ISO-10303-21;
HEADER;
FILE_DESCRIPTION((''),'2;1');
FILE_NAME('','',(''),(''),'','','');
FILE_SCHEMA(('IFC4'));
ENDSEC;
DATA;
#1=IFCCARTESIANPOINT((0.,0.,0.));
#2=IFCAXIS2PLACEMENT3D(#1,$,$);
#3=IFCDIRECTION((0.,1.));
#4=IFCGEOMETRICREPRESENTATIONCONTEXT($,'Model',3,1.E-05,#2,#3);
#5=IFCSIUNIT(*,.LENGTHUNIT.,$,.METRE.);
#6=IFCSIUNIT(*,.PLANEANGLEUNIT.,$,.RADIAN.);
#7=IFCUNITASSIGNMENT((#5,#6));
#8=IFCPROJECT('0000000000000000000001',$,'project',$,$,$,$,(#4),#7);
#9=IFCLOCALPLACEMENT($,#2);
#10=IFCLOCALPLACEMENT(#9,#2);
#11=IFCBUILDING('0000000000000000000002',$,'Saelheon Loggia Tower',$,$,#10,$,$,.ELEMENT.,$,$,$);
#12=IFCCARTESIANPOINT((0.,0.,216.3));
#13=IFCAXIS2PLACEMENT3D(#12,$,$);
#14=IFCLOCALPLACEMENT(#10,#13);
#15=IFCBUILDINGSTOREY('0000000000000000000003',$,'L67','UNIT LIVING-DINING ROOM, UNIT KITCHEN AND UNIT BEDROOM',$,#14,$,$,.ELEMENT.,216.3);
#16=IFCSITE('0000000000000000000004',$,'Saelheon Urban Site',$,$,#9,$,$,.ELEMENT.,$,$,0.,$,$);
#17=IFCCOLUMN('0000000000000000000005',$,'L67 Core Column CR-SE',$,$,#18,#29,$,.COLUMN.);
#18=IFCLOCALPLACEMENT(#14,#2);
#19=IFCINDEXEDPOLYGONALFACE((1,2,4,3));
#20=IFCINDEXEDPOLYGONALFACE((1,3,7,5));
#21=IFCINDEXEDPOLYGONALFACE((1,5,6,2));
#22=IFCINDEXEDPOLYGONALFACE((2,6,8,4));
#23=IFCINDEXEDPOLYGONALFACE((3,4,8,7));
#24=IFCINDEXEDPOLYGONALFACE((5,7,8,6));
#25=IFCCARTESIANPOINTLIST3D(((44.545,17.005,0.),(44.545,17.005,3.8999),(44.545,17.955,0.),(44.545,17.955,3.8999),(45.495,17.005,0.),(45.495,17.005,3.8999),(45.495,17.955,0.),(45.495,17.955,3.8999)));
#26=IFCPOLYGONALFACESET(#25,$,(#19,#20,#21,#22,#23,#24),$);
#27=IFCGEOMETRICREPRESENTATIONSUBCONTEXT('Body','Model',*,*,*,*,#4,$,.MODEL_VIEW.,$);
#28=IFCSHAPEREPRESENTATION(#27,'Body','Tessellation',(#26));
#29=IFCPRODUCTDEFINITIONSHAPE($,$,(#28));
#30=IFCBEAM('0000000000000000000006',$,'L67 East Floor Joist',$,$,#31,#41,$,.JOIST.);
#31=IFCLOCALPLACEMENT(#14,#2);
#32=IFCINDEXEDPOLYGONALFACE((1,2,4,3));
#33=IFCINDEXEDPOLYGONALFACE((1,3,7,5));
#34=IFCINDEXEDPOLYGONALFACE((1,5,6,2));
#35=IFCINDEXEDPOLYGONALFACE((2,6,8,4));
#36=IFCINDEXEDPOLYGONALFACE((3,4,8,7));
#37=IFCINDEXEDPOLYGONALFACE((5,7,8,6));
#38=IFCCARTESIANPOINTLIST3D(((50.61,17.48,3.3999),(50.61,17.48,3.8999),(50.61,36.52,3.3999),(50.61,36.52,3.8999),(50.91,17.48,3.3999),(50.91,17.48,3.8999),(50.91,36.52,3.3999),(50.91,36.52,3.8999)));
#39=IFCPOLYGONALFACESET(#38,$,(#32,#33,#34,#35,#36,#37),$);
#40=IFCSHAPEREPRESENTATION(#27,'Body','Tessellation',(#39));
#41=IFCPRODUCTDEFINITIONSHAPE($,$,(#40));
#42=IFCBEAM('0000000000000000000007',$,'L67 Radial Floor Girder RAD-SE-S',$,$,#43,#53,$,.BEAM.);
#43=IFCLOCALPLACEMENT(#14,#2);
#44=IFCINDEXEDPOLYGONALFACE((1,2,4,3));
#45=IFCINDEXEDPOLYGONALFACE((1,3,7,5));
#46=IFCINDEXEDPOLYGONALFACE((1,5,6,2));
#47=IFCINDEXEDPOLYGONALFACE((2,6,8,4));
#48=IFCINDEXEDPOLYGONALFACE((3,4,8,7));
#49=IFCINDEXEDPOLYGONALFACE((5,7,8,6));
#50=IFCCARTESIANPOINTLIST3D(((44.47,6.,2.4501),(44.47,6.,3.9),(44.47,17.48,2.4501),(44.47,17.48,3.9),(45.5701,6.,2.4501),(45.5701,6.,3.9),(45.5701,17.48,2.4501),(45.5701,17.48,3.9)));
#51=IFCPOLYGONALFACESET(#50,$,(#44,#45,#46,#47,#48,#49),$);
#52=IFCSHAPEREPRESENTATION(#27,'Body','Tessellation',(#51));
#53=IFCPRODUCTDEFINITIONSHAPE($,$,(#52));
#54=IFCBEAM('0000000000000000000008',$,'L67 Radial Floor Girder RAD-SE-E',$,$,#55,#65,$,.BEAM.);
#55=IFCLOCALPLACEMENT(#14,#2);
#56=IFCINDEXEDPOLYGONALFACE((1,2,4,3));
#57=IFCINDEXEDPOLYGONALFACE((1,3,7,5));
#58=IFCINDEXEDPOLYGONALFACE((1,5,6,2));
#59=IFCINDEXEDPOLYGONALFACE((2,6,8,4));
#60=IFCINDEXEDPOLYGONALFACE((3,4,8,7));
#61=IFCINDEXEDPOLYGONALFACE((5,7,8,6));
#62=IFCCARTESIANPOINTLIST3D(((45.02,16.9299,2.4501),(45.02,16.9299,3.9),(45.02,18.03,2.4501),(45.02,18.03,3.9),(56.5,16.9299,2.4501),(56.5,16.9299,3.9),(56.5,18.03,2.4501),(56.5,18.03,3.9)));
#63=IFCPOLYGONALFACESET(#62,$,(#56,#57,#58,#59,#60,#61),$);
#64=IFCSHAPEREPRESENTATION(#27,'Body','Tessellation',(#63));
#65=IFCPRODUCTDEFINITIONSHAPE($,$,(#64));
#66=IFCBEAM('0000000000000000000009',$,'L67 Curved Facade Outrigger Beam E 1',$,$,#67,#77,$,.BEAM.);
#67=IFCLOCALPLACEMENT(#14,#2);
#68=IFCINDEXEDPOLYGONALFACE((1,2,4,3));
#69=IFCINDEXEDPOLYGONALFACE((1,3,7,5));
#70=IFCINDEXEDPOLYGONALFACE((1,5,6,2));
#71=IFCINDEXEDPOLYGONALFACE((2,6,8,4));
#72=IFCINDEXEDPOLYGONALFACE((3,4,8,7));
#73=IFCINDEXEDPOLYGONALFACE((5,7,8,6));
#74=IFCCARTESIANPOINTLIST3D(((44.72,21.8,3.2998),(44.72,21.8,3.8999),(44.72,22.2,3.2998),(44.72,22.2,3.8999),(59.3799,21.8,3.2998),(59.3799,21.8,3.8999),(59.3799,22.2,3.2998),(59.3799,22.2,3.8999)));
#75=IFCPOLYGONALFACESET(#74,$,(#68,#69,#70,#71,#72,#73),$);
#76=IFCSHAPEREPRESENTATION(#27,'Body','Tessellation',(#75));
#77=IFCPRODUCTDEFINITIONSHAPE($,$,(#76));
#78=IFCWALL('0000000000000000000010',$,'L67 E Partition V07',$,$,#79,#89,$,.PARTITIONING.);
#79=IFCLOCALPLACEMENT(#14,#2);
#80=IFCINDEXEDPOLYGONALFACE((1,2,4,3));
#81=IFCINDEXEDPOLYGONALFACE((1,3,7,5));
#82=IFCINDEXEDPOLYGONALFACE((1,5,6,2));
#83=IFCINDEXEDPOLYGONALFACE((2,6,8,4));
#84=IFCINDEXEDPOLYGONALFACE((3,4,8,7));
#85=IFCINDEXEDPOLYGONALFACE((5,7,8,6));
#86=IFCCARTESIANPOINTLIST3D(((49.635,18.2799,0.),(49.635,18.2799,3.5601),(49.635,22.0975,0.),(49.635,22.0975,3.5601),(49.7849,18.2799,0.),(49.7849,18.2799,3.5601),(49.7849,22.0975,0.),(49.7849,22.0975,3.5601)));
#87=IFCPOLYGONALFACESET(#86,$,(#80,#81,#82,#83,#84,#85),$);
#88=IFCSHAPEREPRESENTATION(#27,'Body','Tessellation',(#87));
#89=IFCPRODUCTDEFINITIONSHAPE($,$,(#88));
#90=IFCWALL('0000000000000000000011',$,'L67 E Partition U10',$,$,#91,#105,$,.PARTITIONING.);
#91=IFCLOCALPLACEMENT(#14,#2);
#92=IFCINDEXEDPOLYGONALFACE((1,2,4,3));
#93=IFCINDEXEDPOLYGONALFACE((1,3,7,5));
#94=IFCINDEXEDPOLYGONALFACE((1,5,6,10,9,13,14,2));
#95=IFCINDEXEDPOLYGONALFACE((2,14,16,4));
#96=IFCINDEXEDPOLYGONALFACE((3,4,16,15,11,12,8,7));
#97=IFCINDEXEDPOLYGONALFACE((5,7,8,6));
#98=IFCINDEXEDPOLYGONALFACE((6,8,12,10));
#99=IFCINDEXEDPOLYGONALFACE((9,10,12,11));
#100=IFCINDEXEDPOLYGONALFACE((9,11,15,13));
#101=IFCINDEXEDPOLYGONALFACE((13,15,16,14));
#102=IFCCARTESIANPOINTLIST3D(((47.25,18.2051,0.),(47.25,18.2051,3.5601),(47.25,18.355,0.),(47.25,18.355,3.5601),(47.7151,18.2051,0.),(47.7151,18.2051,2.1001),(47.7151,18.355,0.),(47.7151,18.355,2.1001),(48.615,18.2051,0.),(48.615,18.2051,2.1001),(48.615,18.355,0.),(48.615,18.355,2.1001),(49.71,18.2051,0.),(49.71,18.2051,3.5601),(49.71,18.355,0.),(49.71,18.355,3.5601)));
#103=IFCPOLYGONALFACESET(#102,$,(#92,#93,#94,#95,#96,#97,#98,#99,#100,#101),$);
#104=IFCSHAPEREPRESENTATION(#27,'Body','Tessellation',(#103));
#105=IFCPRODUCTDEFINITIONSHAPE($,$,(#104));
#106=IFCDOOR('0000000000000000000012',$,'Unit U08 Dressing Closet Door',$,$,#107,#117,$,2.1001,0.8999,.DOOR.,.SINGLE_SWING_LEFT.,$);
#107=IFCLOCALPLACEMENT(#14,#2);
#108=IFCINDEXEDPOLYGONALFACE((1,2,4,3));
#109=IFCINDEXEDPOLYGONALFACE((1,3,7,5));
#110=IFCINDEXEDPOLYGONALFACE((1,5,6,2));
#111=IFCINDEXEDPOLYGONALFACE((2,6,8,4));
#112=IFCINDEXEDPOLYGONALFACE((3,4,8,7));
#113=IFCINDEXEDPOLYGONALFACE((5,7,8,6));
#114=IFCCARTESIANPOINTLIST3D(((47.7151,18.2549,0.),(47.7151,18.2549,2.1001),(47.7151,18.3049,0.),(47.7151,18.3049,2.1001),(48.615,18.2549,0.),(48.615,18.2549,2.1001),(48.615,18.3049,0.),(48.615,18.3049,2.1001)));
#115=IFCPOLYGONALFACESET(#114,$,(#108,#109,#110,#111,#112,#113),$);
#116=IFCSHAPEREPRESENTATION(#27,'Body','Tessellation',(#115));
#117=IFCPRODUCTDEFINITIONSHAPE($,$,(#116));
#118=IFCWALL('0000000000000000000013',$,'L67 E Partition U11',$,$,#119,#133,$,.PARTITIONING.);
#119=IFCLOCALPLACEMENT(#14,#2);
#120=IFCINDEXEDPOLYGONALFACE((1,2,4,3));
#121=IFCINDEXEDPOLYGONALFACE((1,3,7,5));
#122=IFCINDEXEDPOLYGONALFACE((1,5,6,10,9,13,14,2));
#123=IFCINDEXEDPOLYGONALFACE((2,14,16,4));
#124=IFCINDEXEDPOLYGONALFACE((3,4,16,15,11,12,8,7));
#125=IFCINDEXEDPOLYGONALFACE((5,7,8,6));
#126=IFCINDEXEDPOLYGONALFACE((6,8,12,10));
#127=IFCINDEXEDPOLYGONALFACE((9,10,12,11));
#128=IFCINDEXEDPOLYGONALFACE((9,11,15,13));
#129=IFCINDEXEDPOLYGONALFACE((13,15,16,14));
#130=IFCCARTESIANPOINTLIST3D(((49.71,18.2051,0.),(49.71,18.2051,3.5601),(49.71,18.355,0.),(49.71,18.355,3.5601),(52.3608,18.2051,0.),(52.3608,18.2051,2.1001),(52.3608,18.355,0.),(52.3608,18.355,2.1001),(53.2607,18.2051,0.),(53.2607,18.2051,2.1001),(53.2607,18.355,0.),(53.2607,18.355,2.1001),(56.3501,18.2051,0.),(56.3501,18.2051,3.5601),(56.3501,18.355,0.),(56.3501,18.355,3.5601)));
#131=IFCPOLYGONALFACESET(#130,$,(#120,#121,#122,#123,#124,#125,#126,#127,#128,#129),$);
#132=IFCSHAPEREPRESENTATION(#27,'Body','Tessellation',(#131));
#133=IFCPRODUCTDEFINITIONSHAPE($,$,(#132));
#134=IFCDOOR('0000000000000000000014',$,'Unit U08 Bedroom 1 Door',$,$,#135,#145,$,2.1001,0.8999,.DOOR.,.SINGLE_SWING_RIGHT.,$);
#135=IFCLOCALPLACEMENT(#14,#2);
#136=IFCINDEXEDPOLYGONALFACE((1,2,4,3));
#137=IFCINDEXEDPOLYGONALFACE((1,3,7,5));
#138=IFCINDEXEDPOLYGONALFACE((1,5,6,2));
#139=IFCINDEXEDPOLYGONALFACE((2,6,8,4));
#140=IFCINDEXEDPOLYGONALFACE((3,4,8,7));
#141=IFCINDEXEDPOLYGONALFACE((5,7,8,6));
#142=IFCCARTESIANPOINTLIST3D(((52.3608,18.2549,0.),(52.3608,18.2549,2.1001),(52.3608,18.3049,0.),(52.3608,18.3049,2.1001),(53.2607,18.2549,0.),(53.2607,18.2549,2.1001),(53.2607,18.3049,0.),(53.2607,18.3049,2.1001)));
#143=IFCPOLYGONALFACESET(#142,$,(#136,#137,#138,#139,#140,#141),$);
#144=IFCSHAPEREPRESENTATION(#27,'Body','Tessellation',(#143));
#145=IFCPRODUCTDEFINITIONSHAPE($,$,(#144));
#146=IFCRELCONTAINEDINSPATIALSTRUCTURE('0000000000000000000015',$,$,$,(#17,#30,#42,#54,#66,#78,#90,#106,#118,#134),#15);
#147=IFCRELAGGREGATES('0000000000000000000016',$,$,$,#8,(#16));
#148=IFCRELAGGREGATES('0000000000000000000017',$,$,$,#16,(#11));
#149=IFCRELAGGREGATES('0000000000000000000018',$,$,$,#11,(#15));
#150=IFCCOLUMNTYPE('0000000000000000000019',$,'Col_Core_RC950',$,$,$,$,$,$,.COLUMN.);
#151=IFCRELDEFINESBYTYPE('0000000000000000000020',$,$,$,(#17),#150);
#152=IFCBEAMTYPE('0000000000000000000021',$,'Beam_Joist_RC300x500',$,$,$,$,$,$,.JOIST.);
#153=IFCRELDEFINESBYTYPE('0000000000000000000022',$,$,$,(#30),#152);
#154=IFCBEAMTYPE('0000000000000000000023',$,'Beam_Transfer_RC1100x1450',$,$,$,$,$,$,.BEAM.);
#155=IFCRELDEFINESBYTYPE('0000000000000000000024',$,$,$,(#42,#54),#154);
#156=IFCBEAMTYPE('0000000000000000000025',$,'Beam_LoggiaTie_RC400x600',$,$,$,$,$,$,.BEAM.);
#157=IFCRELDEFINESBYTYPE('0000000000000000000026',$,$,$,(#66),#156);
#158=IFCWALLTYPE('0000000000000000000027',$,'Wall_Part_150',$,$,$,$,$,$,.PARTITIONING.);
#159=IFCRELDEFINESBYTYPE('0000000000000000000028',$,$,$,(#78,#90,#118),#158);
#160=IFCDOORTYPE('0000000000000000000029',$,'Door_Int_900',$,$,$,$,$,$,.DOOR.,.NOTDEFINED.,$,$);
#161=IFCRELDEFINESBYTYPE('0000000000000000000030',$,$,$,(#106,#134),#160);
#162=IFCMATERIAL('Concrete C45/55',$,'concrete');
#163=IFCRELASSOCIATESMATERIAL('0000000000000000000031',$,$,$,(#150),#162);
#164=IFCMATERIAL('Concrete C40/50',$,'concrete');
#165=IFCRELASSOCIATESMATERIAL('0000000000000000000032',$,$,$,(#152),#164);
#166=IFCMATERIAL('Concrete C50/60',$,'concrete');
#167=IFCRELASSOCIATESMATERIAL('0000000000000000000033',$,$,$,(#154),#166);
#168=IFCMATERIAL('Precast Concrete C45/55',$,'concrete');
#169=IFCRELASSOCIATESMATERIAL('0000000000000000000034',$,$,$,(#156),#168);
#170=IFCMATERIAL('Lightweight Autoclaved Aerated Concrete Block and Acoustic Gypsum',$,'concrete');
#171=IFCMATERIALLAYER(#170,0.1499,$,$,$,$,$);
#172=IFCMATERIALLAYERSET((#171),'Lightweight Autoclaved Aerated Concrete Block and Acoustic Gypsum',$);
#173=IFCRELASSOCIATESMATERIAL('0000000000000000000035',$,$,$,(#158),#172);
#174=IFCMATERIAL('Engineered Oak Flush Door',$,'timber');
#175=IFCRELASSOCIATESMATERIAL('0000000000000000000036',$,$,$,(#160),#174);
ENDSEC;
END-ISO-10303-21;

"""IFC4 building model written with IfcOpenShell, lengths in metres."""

from ifc_helpers import new_model, si_unit, direction, frame, frame_2d, origin, origin_2d, place, context, subcontext, project, spatial, rectangle, extrude, source, transform, mapped, material, layer, layer_set, material_profile, profile_set, type_object, element, fill, save


model = new_model("IFC4")

# Units and contexts
model_context = context("Model", 3, precision=1e-05, world=origin(), true_north=direction((0.0, 1.0)))
body_context = subcontext(model_context, "Body", "Model", "MODEL_VIEW")
ifc_project = project(units=[si_unit("LENGTHUNIT", "METRE"), si_unit("PLANEANGLEUNIT", "RADIAN")], contexts=[model_context])

# Site, building, storey
site_placement = place(None, origin())
site = spatial("IfcSite", under=ifc_project, at=site_placement, Name="Saelheon Urban Site", CompositionType="ELEMENT", RefElevation=0.0)
building_placement = place(site_placement, origin())
building = spatial("IfcBuilding", under=site, at=building_placement, Name="Saelheon Loggia Tower", CompositionType="ELEMENT")
storey_placement = place(building_placement, frame((0.0, 0.0, 216.3)))
storey = spatial("IfcBuildingStorey", under=building, at=storey_placement, Name="L67", Description="UNIT LIVING-DINING ROOM, UNIT KITCHEN AND UNIT BEDROOM", CompositionType="ELEMENT", Elevation=216.3)

# Column
ifc_material_1 = material(Name="Concrete C45/55", Category="concrete")
ifc_material_profile_1 = material_profile(ifc_material_1, rectangle(XDim=0.95, YDim=0.95, at=origin_2d()), Name="RC-950x950")
ifc_profile_set_1 = profile_set([ifc_material_profile_1], Name="Concrete C45/55")
column_type = type_object("IfcColumnType", Name="Col_Core_RC950", PredefinedType="COLUMN", material=ifc_profile_set_1)
shared_shape_1 = source(origin(), body_context, "Body", "SweptSolid", [
    extrude(rectangle(XDim=0.95, YDim=0.95, at=origin_2d()), origin(), (0.0, 0.0, 1.0), 3.8999),
])
column_placement = place(storey_placement, frame((45.02, 17.48, 0.0), z_axis=(0.0, 0.0, 1.0), x_axis=(1.0, 0.0, 0.0)))
element("IfcColumn", 1, at=column_placement, inside=storey, type_object=column_type, Name="L67 Core Column CR-SE", PredefinedType="COLUMN", context=body_context, shape_type="MappedRepresentation", body=[
    mapped(shared_shape_1, transform((0.0, 0.0, 0.0), scale=1.0)),
])

# Beams
ifc_material_2 = material(Name="Concrete C40/50", Category="concrete")
ifc_material_profile_2 = material_profile(ifc_material_2, rectangle(XDim=0.3, YDim=0.5, at=origin_2d()), Name="RC-300x500")
ifc_profile_set_2 = profile_set([ifc_material_profile_2], Name="Concrete C40/50")
beam_type_1 = type_object("IfcBeamType", Name="Beam_Joist_RC300x500", PredefinedType="JOIST", material=ifc_profile_set_2)
shared_shape_2 = source(origin(), body_context, "Body", "SweptSolid", [
    extrude(rectangle(XDim=0.3, YDim=0.5, at=origin_2d()), origin(), (0.0, 0.0, 1.0), 19.04),
])
beam_1_placement = place(storey_placement, frame((50.76, 17.48, 3.6499), z_axis=(0.0, 1.0, 0.0), x_axis=(-1.0, 0.0, 0.0)))
element("IfcBeam", 2, at=beam_1_placement, inside=storey, type_object=beam_type_1, Name="L67 East Floor Joist", PredefinedType="JOIST", context=body_context, shape_type="MappedRepresentation", body=[
    mapped(shared_shape_2, transform((0.0, 0.0, 0.0), scale=1.0)),
])
ifc_material_3 = material(Name="Concrete C50/60", Category="concrete")
ifc_material_profile_3 = material_profile(ifc_material_3, rectangle(XDim=1.1001, YDim=1.45, at=origin_2d()), Name="RC-1100x1450")
ifc_profile_set_3 = profile_set([ifc_material_profile_3], Name="Concrete C50/60")
beam_type_2 = type_object("IfcBeamType", Name="Beam_Transfer_RC1100x1450", PredefinedType="BEAM", material=ifc_profile_set_3)
shared_shape_3 = source(origin(), body_context, "Body", "SweptSolid", [
    extrude(rectangle(XDim=1.1001, YDim=1.45, at=origin_2d()), origin(), (0.0, 0.0, 1.0), 11.48),
])
for number, where, z_axis, x_axis, name in (
    (3, (45.02, 17.48, 3.175), (0.0, -1.0, 0.0), (1.0, 0.0, 0.0), "L67 Radial Floor Girder RAD-SE-S"),
    (4, (45.02, 17.48, 3.175), (1.0, 0.0, 0.0), (0.0, 1.0, 0.0), "L67 Radial Floor Girder RAD-SE-E"),
):
    element("IfcBeam", number, at=place(storey_placement, frame(where, z_axis=z_axis, x_axis=x_axis)), inside=storey, type_object=beam_type_2, Name=name, PredefinedType="BEAM", context=body_context, shape_type="MappedRepresentation", body=[
        mapped(shared_shape_3, transform((0.0, 0.0, 0.0), scale=1.0)),
    ])
ifc_material_4 = material(Name="Precast Concrete C45/55", Category="concrete")
ifc_material_profile_4 = material_profile(ifc_material_4, rectangle(XDim=0.3999, YDim=0.6001, at=origin_2d()), Name="RC-400x600")
ifc_profile_set_4 = profile_set([ifc_material_profile_4], Name="Precast Concrete C45/55")
beam_type_3 = type_object("IfcBeamType", Name="Beam_LoggiaTie_RC400x600", PredefinedType="BEAM", material=ifc_profile_set_4)
shared_shape_4 = source(origin(), body_context, "Body", "SweptSolid", [
    extrude(rectangle(XDim=0.3999, YDim=0.6001, at=origin_2d()), origin(), (0.0, 0.0, 1.0), 14.6599),
])
beam_2_placement = place(storey_placement, frame((44.72, 22.0, 3.5999), z_axis=(1.0, 0.0, 0.0), x_axis=(0.0, 1.0, 0.0)))
element("IfcBeam", 5, at=beam_2_placement, inside=storey, type_object=beam_type_3, Name="L67 Curved Facade Outrigger Beam E 1", PredefinedType="BEAM", context=body_context, shape_type="MappedRepresentation", body=[
    mapped(shared_shape_4, transform((0.0, 0.0, 0.0), scale=1.0)),
])

# Wall
ifc_material_5 = material(Name="Lightweight Autoclaved Aerated Concrete Block and Acoustic Gypsum", Category="concrete")
ifc_layer_1 = layer(ifc_material_5, 0.1499)
ifc_layer_set_1 = layer_set([ifc_layer_1], Name="Lightweight Autoclaved Aerated Concrete Block and Acoustic Gypsum")
wall_type_1 = type_object("IfcWallType", Name="Wall_Part_150", PredefinedType="PARTITIONING", material=ifc_layer_set_1)
wall_1_placement = place(storey_placement, frame((49.71, 18.28, 0.0), z_axis=(0.0, 0.0, 1.0), x_axis=(0.0, 1.0, 0.0)))
element("IfcWall", 6, at=wall_1_placement, inside=storey, type_object=wall_type_1, Name="L67 E Partition V07", PredefinedType="PARTITIONING", context=body_context, shape_type="SweptSolid", body=[
    extrude(rectangle(XDim=3.8176, YDim=0.1499, at=frame_2d((1.9087, 0.0))), origin(), (0.0, 0.0, 1.0), 3.5601),
])

# Walls, openings, doors
wall_2_placement = place(storey_placement, frame((47.25, 18.28, 0.0), z_axis=(0.0, 0.0, 1.0), x_axis=(1.0, 0.0, 0.0)))
wall_2 = element("IfcWall", 7, at=wall_2_placement, inside=storey, type_object=wall_type_1, Name="L67 E Partition U10", PredefinedType="PARTITIONING", context=body_context, shape_type="SweptSolid", body=[
    extrude(rectangle(XDim=2.46, YDim=0.1499, at=frame_2d((1.23, 0.0))), origin(), (0.0, 0.0, 1.0), 3.5601),
])
opening_1_placement = place(wall_2_placement, frame((0.4651, 0.0, 0.0)))
opening_1 = element("IfcOpeningElement", 8, at=opening_1_placement, cuts=wall_2, PredefinedType="OPENING", context=body_context, shape_type="SweptSolid", body=[
    extrude(rectangle(XDim=0.8999, YDim=2.1001, at=frame_2d((0.45, 1.05))), frame((0.0, 0.0869, 0.0), z_axis=(0.0, -1.0, 0.0), x_axis=(1.0, 0.0, 0.0)), (0.0, 0.0, 1.0), 0.1738),
])
ifc_material_6 = material(Name="Engineered Oak Flush Door", Category="timber")
door_type_1 = type_object("IfcDoorType", Name="Door_Int_900", OperationType="NOTDEFINED", PredefinedType="DOOR", material=ifc_material_6)
shared_shape_5 = source(origin(), body_context, "Body", "SweptSolid", [
    extrude(rectangle(XDim=0.8999, YDim=2.1001, at=frame_2d((0.45, 1.05))), frame((0.0, 0.0249, 0.0), z_axis=(0.0, -1.0, 0.0), x_axis=(1.0, 0.0, 0.0)), (0.0, 0.0, 1.0), 0.05),
])
door_1_placement = place(opening_1_placement, origin())
door_1 = element("IfcDoor", 9, at=door_1_placement, inside=storey, type_object=door_type_1, Name="Unit U08 Dressing Closet Door", OperationType="SINGLE_SWING_LEFT", OverallHeight=2.1001, OverallWidth=0.8999, PredefinedType="DOOR", context=body_context, shape_type="MappedRepresentation", body=[
    mapped(shared_shape_5, transform((0.0, 0.0, 0.0), scale=1.0)),
])
fill(opening_1, door_1)
wall_3_placement = place(storey_placement, frame((49.71, 18.28, 0.0), z_axis=(0.0, 0.0, 1.0), x_axis=(1.0, 0.0, 0.0)))
wall_3 = element("IfcWall", 10, at=wall_3_placement, inside=storey, type_object=wall_type_1, Name="L67 E Partition U11", PredefinedType="PARTITIONING", context=body_context, shape_type="SweptSolid", body=[
    extrude(rectangle(XDim=6.6401, YDim=0.1499, at=frame_2d((3.3201, 0.0))), origin(), (0.0, 0.0, 1.0), 3.5601),
])
opening_2_placement = place(wall_3_placement, frame((2.6509, 0.0, 0.0)))
opening_2 = element("IfcOpeningElement", 11, at=opening_2_placement, cuts=wall_3, PredefinedType="OPENING", context=body_context, shape_type="SweptSolid", body=[
    extrude(rectangle(XDim=0.8999, YDim=2.1001, at=frame_2d((0.45, 1.05))), frame((0.0, 0.0869, 0.0), z_axis=(0.0, -1.0, 0.0), x_axis=(1.0, 0.0, 0.0)), (0.0, 0.0, 1.0), 0.1738),
])
door_2_placement = place(opening_2_placement, origin())
door_2 = element("IfcDoor", 12, at=door_2_placement, inside=storey, type_object=door_type_1, Name="Unit U08 Bedroom 1 Door", OperationType="SINGLE_SWING_RIGHT", OverallHeight=2.1001, OverallWidth=0.8999, PredefinedType="DOOR", context=body_context, shape_type="MappedRepresentation", body=[
    mapped(shared_shape_5, transform((0.0, 0.0, 0.0), scale=1.0)),
])
fill(opening_2, door_2)

save(model, "model.ifc")
